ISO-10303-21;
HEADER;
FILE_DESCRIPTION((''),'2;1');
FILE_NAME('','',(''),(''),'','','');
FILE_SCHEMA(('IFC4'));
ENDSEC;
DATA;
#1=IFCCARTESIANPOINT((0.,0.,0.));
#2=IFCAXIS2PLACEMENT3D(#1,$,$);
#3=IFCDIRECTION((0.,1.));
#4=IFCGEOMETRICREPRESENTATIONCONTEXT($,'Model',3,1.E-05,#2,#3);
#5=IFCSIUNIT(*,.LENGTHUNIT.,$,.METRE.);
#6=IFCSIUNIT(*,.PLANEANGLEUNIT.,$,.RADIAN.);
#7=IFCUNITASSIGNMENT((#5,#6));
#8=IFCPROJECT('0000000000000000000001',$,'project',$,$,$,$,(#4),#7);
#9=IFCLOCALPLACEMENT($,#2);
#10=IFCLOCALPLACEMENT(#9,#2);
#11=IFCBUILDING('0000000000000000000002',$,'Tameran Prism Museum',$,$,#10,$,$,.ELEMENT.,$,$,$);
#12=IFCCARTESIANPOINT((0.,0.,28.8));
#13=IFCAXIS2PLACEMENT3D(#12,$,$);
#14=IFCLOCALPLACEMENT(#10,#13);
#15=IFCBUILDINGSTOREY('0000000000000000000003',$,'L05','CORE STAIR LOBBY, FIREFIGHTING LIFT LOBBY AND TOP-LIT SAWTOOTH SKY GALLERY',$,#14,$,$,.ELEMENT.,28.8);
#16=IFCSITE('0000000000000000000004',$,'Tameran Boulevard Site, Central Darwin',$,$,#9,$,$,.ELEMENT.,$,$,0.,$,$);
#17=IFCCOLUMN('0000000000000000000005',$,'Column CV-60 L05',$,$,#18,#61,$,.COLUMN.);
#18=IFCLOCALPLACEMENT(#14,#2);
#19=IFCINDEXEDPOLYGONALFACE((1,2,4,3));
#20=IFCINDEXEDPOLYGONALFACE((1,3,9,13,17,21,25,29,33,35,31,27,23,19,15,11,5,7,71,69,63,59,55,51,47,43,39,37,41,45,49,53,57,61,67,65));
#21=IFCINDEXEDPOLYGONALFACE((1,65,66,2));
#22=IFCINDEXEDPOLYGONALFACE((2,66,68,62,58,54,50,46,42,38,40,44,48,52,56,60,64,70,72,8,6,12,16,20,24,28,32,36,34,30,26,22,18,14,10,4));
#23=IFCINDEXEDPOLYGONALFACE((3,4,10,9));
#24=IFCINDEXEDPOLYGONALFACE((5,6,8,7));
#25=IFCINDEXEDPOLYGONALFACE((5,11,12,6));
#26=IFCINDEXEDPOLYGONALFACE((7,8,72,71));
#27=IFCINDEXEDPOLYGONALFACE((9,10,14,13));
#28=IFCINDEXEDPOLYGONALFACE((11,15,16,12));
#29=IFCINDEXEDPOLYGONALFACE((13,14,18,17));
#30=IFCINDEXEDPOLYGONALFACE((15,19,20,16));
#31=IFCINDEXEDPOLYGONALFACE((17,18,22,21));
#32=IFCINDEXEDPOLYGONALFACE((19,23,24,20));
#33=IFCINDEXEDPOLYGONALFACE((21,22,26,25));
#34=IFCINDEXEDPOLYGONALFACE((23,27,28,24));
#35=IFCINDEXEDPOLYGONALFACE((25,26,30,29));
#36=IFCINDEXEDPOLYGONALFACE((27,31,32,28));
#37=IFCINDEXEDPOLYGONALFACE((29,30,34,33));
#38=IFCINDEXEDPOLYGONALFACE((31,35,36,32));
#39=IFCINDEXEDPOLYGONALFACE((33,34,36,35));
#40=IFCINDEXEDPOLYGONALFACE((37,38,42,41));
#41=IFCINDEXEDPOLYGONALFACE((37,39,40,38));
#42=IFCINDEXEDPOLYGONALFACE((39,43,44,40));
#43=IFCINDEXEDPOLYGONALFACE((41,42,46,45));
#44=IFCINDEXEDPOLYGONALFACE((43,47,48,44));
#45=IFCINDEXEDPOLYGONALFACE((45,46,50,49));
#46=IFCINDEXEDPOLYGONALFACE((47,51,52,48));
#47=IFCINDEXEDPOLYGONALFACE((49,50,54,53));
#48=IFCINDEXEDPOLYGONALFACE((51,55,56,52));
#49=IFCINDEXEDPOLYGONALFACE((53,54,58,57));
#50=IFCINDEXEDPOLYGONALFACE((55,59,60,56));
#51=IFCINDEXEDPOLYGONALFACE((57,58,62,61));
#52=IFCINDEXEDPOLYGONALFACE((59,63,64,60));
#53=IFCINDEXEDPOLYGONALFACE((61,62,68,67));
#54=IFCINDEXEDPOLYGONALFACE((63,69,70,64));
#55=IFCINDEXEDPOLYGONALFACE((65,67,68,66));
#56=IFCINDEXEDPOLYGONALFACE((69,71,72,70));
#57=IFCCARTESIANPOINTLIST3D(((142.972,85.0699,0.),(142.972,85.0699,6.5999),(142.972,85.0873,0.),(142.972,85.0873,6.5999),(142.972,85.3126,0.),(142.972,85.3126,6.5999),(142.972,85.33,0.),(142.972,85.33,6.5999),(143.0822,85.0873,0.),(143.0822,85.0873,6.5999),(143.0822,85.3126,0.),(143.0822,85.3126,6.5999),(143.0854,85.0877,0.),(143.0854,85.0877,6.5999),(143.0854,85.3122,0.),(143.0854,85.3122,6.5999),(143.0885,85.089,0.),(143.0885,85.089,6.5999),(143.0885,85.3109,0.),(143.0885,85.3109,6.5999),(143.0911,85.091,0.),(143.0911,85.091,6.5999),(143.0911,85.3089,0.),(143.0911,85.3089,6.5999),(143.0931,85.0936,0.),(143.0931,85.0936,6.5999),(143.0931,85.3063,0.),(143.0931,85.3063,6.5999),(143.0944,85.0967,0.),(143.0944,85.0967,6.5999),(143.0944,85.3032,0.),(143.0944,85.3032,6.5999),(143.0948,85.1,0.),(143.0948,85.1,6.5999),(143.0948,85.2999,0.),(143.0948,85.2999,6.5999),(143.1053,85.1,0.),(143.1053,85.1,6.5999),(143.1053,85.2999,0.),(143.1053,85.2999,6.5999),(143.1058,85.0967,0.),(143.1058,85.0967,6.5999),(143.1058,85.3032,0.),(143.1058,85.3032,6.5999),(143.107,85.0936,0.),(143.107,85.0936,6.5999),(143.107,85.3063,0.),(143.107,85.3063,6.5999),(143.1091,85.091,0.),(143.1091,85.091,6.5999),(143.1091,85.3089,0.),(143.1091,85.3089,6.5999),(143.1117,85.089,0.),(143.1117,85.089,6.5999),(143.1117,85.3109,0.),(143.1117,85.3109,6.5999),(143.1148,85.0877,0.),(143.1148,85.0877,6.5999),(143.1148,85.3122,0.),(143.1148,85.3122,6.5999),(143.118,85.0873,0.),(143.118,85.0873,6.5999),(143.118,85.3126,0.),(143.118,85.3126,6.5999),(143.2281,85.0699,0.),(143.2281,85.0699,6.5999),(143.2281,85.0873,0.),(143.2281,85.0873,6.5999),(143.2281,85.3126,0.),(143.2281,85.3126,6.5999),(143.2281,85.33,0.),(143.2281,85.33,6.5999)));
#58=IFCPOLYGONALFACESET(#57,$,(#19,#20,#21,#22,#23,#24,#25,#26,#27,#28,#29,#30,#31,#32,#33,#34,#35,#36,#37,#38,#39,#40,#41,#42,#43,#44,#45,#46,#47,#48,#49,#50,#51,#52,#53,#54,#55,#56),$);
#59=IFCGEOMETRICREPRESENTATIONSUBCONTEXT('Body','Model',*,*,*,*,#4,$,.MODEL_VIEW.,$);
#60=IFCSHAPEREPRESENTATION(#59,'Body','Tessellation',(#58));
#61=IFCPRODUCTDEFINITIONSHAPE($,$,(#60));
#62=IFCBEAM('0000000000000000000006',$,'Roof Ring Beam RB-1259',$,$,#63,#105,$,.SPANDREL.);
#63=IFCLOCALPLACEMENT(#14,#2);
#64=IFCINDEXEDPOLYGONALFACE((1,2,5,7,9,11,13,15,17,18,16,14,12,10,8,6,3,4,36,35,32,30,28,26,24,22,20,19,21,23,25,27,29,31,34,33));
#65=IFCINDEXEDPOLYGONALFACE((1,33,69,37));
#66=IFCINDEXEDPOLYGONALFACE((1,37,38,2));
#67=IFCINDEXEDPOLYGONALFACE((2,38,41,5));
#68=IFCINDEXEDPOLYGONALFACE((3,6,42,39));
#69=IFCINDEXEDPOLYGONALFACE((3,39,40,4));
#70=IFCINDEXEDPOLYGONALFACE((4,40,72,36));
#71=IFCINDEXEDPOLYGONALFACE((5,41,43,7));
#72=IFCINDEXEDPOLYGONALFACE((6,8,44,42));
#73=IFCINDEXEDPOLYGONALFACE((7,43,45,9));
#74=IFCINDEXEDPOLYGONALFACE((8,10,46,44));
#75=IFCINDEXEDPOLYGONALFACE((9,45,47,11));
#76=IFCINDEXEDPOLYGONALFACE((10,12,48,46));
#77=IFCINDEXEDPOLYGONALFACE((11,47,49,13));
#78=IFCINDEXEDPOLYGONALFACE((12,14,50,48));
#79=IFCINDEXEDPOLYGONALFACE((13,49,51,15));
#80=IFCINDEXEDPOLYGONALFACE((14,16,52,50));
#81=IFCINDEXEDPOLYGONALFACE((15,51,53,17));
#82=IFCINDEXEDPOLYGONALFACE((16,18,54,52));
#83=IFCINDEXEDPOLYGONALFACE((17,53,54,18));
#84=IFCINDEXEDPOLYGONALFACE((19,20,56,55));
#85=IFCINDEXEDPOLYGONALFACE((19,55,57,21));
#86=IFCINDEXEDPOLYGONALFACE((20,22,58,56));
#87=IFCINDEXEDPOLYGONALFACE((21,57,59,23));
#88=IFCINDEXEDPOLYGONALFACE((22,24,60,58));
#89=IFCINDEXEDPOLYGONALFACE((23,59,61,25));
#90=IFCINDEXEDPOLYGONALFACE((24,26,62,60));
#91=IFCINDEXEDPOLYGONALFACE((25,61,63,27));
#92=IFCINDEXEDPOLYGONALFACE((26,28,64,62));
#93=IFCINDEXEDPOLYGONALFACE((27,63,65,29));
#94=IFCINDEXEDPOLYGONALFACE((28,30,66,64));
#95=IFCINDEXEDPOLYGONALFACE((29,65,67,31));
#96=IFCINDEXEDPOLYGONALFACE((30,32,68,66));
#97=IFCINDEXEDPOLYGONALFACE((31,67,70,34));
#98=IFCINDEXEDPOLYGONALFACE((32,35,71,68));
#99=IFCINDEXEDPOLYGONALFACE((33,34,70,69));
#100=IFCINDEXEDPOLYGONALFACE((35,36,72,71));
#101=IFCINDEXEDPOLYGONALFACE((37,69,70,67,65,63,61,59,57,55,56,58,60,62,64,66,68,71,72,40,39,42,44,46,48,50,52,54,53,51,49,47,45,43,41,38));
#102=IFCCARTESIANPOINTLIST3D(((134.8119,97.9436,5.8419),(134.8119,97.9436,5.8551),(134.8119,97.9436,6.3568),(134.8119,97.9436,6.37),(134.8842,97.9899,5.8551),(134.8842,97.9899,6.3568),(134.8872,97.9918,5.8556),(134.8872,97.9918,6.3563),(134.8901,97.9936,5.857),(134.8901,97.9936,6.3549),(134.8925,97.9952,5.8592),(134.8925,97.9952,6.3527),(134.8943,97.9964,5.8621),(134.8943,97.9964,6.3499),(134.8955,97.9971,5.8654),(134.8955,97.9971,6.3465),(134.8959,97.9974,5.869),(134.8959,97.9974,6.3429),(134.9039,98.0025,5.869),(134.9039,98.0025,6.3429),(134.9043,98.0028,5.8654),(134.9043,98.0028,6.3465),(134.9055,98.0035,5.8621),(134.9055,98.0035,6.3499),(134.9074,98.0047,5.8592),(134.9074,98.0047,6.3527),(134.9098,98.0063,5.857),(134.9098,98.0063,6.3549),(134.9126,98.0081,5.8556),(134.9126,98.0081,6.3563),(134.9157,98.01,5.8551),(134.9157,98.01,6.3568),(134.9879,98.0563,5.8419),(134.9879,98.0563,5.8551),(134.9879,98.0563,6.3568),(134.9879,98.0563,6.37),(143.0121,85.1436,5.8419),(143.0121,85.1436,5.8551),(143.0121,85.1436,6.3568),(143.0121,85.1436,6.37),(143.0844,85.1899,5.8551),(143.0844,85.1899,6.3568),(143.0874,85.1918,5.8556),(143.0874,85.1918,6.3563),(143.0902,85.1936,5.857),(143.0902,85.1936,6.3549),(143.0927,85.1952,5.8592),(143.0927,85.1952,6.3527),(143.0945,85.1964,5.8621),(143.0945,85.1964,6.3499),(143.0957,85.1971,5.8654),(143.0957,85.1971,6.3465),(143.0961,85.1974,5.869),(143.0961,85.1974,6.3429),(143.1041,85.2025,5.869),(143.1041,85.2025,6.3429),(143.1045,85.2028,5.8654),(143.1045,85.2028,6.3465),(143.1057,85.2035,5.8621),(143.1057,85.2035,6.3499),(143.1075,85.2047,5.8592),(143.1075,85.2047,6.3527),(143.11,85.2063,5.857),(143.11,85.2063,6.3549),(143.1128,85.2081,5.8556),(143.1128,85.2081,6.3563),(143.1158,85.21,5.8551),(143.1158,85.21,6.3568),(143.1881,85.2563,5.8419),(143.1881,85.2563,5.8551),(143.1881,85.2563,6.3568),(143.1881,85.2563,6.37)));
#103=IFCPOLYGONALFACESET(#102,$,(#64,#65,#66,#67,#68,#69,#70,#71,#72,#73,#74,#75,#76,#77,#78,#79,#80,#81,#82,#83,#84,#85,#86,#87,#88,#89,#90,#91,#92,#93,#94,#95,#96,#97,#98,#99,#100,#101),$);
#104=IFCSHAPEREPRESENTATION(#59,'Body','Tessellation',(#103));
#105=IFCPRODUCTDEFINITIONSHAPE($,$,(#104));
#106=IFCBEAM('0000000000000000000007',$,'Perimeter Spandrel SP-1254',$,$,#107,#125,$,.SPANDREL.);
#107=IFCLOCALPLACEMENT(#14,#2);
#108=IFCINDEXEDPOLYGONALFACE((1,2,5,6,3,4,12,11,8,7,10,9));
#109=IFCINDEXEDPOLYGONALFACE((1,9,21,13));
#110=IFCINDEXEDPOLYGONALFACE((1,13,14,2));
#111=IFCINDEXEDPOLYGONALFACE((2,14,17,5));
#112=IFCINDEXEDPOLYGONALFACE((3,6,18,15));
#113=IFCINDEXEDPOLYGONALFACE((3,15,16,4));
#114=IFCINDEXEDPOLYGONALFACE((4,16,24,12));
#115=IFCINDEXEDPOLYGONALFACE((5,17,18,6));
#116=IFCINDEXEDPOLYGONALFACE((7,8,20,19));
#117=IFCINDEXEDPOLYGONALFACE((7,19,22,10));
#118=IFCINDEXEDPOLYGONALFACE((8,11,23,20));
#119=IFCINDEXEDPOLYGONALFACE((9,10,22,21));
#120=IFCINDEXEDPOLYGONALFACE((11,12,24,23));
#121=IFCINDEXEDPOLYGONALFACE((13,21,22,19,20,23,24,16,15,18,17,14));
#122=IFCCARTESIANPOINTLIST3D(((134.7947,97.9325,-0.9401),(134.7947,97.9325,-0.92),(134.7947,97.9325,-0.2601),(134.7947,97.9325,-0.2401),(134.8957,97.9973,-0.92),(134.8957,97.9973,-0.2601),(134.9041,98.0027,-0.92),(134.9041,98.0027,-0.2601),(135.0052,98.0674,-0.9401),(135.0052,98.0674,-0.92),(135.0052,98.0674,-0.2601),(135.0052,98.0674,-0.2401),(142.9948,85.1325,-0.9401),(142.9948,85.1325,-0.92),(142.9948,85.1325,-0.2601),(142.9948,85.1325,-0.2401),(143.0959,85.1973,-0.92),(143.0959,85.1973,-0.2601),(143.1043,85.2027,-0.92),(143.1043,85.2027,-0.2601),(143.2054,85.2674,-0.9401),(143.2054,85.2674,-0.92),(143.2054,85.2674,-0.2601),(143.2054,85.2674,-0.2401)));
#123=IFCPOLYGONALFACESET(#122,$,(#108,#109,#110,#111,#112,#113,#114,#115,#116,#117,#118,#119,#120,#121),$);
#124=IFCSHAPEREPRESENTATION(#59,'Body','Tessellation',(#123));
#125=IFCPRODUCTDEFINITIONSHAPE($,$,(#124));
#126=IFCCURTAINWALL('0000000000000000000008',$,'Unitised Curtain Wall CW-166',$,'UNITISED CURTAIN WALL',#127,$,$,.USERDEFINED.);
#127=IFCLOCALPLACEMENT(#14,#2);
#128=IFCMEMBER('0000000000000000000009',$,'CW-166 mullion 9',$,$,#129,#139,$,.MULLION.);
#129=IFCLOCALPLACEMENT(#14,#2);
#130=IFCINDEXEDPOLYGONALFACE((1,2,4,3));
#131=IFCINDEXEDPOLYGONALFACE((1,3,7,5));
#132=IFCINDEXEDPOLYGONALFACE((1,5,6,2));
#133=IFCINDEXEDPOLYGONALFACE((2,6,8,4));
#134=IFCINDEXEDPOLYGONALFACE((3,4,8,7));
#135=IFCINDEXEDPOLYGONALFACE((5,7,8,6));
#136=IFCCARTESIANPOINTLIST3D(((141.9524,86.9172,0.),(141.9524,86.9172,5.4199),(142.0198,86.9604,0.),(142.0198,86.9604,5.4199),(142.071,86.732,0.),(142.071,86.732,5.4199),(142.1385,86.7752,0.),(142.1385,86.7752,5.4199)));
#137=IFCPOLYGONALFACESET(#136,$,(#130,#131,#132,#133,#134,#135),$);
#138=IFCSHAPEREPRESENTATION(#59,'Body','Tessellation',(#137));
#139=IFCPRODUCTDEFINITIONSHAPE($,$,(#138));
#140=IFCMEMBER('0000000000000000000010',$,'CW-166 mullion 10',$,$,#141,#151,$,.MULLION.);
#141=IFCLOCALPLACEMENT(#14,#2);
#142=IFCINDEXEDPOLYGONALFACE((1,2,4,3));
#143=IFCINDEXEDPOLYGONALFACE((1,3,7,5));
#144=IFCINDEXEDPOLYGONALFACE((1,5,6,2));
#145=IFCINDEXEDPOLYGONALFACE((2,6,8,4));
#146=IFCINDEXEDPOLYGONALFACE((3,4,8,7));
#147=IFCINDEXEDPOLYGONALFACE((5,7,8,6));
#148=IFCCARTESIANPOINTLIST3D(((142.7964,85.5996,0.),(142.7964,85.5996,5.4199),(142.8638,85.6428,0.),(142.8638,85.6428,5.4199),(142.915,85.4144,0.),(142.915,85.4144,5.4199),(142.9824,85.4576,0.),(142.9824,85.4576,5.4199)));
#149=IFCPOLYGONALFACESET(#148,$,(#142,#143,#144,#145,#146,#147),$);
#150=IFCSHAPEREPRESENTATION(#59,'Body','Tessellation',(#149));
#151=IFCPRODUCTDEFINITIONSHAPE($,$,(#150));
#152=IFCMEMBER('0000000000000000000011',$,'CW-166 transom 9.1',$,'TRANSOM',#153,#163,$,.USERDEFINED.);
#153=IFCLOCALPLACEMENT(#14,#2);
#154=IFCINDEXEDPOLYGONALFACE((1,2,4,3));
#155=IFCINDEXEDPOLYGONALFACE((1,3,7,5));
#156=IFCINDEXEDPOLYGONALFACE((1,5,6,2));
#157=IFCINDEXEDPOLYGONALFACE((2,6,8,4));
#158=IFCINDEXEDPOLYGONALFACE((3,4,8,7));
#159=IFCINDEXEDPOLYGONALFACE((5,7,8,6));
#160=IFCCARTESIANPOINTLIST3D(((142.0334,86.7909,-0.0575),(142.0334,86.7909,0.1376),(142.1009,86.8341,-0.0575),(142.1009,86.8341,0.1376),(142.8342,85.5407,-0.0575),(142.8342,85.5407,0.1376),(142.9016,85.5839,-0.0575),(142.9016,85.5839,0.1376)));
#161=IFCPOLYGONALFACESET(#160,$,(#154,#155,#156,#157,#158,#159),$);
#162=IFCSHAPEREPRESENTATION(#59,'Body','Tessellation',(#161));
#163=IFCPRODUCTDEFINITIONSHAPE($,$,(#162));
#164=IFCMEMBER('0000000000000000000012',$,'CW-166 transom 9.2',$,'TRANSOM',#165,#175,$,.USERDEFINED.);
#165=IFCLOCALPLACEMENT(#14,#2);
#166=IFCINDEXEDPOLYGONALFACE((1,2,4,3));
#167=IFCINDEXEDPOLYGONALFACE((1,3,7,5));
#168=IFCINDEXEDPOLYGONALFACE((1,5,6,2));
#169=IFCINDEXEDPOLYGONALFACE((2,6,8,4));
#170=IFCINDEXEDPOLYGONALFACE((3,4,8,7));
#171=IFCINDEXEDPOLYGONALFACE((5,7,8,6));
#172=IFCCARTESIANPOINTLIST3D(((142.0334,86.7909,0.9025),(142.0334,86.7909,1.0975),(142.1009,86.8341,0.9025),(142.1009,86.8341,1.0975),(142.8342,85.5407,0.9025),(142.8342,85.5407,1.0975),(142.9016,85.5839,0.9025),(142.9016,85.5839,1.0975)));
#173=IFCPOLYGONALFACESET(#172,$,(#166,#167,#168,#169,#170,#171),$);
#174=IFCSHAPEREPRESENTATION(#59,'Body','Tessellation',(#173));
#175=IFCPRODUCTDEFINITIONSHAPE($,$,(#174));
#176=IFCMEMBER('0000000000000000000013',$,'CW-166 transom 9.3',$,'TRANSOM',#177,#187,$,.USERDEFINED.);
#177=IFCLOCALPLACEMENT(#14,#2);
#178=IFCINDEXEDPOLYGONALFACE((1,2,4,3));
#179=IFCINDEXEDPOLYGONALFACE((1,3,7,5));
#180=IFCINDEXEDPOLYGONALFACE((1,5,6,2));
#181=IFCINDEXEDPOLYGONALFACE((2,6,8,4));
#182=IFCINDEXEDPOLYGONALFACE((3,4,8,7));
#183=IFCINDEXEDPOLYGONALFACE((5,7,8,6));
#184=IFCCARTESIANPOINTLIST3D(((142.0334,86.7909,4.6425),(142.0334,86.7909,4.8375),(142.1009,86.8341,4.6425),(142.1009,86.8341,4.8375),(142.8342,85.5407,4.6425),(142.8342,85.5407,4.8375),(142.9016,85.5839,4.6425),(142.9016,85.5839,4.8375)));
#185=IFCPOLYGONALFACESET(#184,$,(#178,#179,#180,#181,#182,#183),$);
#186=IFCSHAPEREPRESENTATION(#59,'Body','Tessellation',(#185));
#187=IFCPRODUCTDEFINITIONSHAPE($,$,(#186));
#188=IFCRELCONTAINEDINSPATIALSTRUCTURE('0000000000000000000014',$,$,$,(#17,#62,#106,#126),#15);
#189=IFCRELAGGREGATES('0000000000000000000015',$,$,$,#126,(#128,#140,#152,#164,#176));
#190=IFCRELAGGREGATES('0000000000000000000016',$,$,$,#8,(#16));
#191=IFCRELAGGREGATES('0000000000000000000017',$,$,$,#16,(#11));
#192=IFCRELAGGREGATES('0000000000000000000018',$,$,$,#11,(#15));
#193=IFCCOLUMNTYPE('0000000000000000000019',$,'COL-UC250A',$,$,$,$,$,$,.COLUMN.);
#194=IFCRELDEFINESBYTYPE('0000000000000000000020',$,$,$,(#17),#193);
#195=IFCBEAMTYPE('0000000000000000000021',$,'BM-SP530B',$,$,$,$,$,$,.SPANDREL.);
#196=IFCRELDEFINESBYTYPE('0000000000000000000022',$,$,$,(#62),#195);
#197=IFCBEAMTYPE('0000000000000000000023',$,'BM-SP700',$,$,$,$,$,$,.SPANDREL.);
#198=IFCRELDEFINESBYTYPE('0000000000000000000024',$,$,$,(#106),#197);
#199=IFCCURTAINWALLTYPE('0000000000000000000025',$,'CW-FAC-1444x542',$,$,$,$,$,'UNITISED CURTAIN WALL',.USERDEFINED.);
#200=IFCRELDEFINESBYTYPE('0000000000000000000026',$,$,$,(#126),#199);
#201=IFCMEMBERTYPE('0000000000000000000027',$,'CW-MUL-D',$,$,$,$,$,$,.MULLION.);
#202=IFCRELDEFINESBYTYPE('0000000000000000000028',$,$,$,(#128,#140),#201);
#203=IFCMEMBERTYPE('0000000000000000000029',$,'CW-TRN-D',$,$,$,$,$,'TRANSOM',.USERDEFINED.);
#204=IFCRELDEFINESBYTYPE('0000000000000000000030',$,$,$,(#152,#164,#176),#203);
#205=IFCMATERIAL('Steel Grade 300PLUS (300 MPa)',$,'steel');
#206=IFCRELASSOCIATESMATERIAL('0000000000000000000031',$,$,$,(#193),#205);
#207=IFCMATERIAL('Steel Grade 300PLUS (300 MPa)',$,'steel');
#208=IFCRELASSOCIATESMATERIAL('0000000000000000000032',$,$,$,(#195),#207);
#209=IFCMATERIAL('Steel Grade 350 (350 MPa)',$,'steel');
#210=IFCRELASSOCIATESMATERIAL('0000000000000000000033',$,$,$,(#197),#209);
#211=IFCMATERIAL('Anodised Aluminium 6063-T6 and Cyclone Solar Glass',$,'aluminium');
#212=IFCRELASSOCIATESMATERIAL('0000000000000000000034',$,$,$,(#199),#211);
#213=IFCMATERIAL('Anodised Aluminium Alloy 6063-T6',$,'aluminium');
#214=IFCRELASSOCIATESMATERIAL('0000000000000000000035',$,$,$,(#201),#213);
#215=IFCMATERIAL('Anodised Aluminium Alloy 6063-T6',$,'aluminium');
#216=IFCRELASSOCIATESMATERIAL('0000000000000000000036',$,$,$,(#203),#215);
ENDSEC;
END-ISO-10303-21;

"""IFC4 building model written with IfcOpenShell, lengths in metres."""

from ifc_helpers import new_model, si_unit, direction, frame, origin, origin_2d, place, context, subcontext, project, spatial, rectangle, i_section, extrude, material, material_profile, profile_set, type_object, element, aggregate, save


model = new_model("IFC4")

# Units and contexts
model_context = context("Model", 3, precision=1e-05, world=origin(), true_north=direction((0.0, 1.0)))
body_context = subcontext(model_context, "Body", "Model", "MODEL_VIEW")
ifc_project = project(units=[si_unit("LENGTHUNIT", "METRE"), si_unit("PLANEANGLEUNIT", "RADIAN")], contexts=[model_context])

# Site, building, storey
site_placement = place(None, origin())
site = spatial("IfcSite", under=ifc_project, at=site_placement, Name="Tameran Boulevard Site, Central Darwin", CompositionType="ELEMENT", RefElevation=0.0)
building_placement = place(site_placement, origin())
building = spatial("IfcBuilding", under=site, at=building_placement, Name="Tameran Prism Museum", CompositionType="ELEMENT")
storey_placement = place(building_placement, frame((0.0, 0.0, 28.8)))
storey = spatial("IfcBuildingStorey", under=building, at=storey_placement, Name="L05", Description="CORE STAIR LOBBY, FIREFIGHTING LIFT LOBBY AND TOP-LIT SAWTOOTH SKY GALLERY", CompositionType="ELEMENT", Elevation=28.8)

# Column
ifc_material_1 = material(Name="Steel Grade 300PLUS (300 MPa)", Category="steel")
ifc_material_profile_1 = material_profile(ifc_material_1, i_section(OverallWidth=0.2561, OverallDepth=0.26, WebThickness=0.0105, FlangeThickness=0.0173, FilletRadius=0.0127, at=origin_2d()))
ifc_profile_set_1 = profile_set([ifc_material_profile_1])
column_type = type_object("IfcColumnType", Name="COL-UC250A", PredefinedType="COLUMN", material=ifc_profile_set_1)
column_placement = place(storey_placement, frame((143.1001, 85.2, 0.0), z_axis=(0.0, 0.0, 1.0), x_axis=(1.0, 0.0, 0.0)))
element("IfcColumn", 1, at=column_placement, inside=storey, type_object=column_type, Name="Column CV-60 L05", PredefinedType="COLUMN", context=body_context, shape_type="SweptSolid", body=[
    extrude(i_section(OverallWidth=0.2561, OverallDepth=0.26, WebThickness=0.0105, FlangeThickness=0.0173, FilletRadius=0.0127, at=origin_2d()), origin(), (0.0, 0.0, 1.0), 6.5999),
])

# Beams
ifc_material_2 = material(Name="Steel Grade 300PLUS (300 MPa)", Category="steel")
ifc_material_profile_2 = material_profile(ifc_material_2, i_section(OverallWidth=0.209, OverallDepth=0.5281, WebThickness=0.0095, FlangeThickness=0.0132, FilletRadius=0.0139, at=origin_2d()))
ifc_profile_set_2 = profile_set([ifc_material_profile_2])
beam_type_1 = type_object("IfcBeamType", Name="BM-SP530B", PredefinedType="SPANDREL", material=ifc_profile_set_2)
beam_1_placement = place(storey_placement, frame((143.1001, 85.2, 6.106), z_axis=(-0.539435, 0.842027, 0.0), x_axis=(-0.842027, -0.539435, 0.0)))
element("IfcBeam", 2, at=beam_1_placement, inside=storey, type_object=beam_type_1, Name="Roof Ring Beam RB-1259", PredefinedType="SPANDREL", context=body_context, shape_type="SweptSolid", body=[
    extrude(i_section(OverallWidth=0.209, OverallDepth=0.5281, WebThickness=0.0095, FlangeThickness=0.0132, FilletRadius=0.0139, at=origin_2d()), origin(), (0.0, 0.0, 1.0), 15.2014),
])
ifc_material_3 = material(Name="Steel Grade 350 (350 MPa)", Category="steel")
ifc_material_profile_3 = material_profile(ifc_material_3, i_section(OverallWidth=0.25, OverallDepth=0.7, WebThickness=0.01, FlangeThickness=0.02, at=origin_2d()))
ifc_profile_set_3 = profile_set([ifc_material_profile_3])
beam_type_2 = type_object("IfcBeamType", Name="BM-SP700", PredefinedType="SPANDREL", material=ifc_profile_set_3)
beam_2_placement = place(storey_placement, frame((143.1001, 85.2, -0.5901), z_axis=(-0.539435, 0.842027, 0.0), x_axis=(-0.842027, -0.539435, 0.0)))
element("IfcBeam", 3, at=beam_2_placement, inside=storey, type_object=beam_type_2, Name="Perimeter Spandrel SP-1254", PredefinedType="SPANDREL", context=body_context, shape_type="SweptSolid", body=[
    extrude(i_section(OverallWidth=0.25, OverallDepth=0.7, WebThickness=0.01, FlangeThickness=0.02, at=origin_2d()), origin(), (0.0, 0.0, 1.0), 15.2014),
])

# Curtain wall, members
ifc_material_4 = material(Name="Anodised Aluminium 6063-T6 and Cyclone Solar Glass", Category="aluminium")
curtain_wall_type = type_object("IfcCurtainWallType", Name="CW-FAC-1444x542", ElementType="UNITISED CURTAIN WALL", PredefinedType="USERDEFINED", material=ifc_material_4)
curtain_wall_placement = place(storey_placement, origin())
curtain_wall = element("IfcCurtainWall", 4, at=curtain_wall_placement, inside=storey, type_object=curtain_wall_type, Name="Unitised Curtain Wall CW-166", ObjectType="UNITISED CURTAIN WALL", PredefinedType="USERDEFINED")
ifc_material_5 = material(Name="Anodised Aluminium Alloy 6063-T6", Category="aluminium")
ifc_material_profile_4 = material_profile(ifc_material_5, rectangle(XDim=0.0801, YDim=0.22, at=origin_2d()))
ifc_profile_set_4 = profile_set([ifc_material_profile_4])
member_type_1 = type_object("IfcMemberType", Name="CW-MUL-D", PredefinedType="MULLION", material=ifc_profile_set_4)
member_1_placement = place(storey_placement, frame((142.0454, 86.8462, 0.0), z_axis=(0.0, 0.0, 1.0), x_axis=(0.842032, 0.539427, 0.0)))
member_1 = element("IfcMember", 5, at=member_1_placement, type_object=member_type_1, Name="CW-166 mullion 9", PredefinedType="MULLION", context=body_context, shape_type="SweptSolid", body=[
    extrude(rectangle(XDim=0.0801, YDim=0.22, at=origin_2d()), origin(), (0.0, 0.0, 1.0), 5.4199),
])
member_2_placement = place(storey_placement, frame((142.8894, 85.5286, 0.0), z_axis=(0.0, 0.0, 1.0), x_axis=(0.842032, 0.539427, 0.0)))
member_2 = element("IfcMember", 6, at=member_2_placement, type_object=member_type_1, Name="CW-166 mullion 10", PredefinedType="MULLION", context=body_context, shape_type="SweptSolid", body=[
    extrude(rectangle(XDim=0.0801, YDim=0.22, at=origin_2d()), origin(), (0.0, 0.0, 1.0), 5.4199),
])
ifc_material_6 = material(Name="Anodised Aluminium Alloy 6063-T6", Category="aluminium")
ifc_material_profile_5 = material_profile(ifc_material_6, rectangle(XDim=0.0801, YDim=0.1951, at=origin_2d()))
ifc_profile_set_5 = profile_set([ifc_material_profile_5])
member_type_2 = type_object("IfcMemberType", Name="CW-TRN-D", ElementType="TRANSOM", PredefinedType="USERDEFINED", material=ifc_profile_set_5)
member_3_placement = place(storey_placement, frame((142.0671, 86.8125, 0.04), z_axis=(0.539352, -0.84208, 0.0), x_axis=(0.84208, 0.539352, 0.0)))
member_3 = element("IfcMember", 7, at=member_3_placement, type_object=member_type_2, Name="CW-166 transom 9.1", ObjectType="TRANSOM", PredefinedType="USERDEFINED", context=body_context, shape_type="SweptSolid", body=[
    extrude(rectangle(XDim=0.0801, YDim=0.1951, at=origin_2d()), origin(), (0.0, 0.0, 1.0), 1.4846),
])
member_4_placement = place(storey_placement, frame((142.0671, 86.8125, 1.0), z_axis=(0.539352, -0.84208, 0.0), x_axis=(0.84208, 0.539352, 0.0)))
member_4 = element("IfcMember", 8, at=member_4_placement, type_object=member_type_2, Name="CW-166 transom 9.2", ObjectType="TRANSOM", PredefinedType="USERDEFINED", context=body_context, shape_type="SweptSolid", body=[
    extrude(rectangle(XDim=0.0801, YDim=0.1951, at=origin_2d()), origin(), (0.0, 0.0, 1.0), 1.4846),
])
member_5_placement = place(storey_placement, frame((142.0671, 86.8125, 4.74), z_axis=(0.539352, -0.84208, 0.0), x_axis=(0.84208, 0.539352, 0.0)))
member_5 = element("IfcMember", 9, at=member_5_placement, type_object=member_type_2, Name="CW-166 transom 9.3", ObjectType="TRANSOM", PredefinedType="USERDEFINED", context=body_context, shape_type="SweptSolid", body=[
    extrude(rectangle(XDim=0.0801, YDim=0.1951, at=origin_2d()), origin(), (0.0, 0.0, 1.0), 1.4846),
])
aggregate(curtain_wall, [member_1, member_2, member_3, member_4, member_5])

save(model, "model.ifc")
